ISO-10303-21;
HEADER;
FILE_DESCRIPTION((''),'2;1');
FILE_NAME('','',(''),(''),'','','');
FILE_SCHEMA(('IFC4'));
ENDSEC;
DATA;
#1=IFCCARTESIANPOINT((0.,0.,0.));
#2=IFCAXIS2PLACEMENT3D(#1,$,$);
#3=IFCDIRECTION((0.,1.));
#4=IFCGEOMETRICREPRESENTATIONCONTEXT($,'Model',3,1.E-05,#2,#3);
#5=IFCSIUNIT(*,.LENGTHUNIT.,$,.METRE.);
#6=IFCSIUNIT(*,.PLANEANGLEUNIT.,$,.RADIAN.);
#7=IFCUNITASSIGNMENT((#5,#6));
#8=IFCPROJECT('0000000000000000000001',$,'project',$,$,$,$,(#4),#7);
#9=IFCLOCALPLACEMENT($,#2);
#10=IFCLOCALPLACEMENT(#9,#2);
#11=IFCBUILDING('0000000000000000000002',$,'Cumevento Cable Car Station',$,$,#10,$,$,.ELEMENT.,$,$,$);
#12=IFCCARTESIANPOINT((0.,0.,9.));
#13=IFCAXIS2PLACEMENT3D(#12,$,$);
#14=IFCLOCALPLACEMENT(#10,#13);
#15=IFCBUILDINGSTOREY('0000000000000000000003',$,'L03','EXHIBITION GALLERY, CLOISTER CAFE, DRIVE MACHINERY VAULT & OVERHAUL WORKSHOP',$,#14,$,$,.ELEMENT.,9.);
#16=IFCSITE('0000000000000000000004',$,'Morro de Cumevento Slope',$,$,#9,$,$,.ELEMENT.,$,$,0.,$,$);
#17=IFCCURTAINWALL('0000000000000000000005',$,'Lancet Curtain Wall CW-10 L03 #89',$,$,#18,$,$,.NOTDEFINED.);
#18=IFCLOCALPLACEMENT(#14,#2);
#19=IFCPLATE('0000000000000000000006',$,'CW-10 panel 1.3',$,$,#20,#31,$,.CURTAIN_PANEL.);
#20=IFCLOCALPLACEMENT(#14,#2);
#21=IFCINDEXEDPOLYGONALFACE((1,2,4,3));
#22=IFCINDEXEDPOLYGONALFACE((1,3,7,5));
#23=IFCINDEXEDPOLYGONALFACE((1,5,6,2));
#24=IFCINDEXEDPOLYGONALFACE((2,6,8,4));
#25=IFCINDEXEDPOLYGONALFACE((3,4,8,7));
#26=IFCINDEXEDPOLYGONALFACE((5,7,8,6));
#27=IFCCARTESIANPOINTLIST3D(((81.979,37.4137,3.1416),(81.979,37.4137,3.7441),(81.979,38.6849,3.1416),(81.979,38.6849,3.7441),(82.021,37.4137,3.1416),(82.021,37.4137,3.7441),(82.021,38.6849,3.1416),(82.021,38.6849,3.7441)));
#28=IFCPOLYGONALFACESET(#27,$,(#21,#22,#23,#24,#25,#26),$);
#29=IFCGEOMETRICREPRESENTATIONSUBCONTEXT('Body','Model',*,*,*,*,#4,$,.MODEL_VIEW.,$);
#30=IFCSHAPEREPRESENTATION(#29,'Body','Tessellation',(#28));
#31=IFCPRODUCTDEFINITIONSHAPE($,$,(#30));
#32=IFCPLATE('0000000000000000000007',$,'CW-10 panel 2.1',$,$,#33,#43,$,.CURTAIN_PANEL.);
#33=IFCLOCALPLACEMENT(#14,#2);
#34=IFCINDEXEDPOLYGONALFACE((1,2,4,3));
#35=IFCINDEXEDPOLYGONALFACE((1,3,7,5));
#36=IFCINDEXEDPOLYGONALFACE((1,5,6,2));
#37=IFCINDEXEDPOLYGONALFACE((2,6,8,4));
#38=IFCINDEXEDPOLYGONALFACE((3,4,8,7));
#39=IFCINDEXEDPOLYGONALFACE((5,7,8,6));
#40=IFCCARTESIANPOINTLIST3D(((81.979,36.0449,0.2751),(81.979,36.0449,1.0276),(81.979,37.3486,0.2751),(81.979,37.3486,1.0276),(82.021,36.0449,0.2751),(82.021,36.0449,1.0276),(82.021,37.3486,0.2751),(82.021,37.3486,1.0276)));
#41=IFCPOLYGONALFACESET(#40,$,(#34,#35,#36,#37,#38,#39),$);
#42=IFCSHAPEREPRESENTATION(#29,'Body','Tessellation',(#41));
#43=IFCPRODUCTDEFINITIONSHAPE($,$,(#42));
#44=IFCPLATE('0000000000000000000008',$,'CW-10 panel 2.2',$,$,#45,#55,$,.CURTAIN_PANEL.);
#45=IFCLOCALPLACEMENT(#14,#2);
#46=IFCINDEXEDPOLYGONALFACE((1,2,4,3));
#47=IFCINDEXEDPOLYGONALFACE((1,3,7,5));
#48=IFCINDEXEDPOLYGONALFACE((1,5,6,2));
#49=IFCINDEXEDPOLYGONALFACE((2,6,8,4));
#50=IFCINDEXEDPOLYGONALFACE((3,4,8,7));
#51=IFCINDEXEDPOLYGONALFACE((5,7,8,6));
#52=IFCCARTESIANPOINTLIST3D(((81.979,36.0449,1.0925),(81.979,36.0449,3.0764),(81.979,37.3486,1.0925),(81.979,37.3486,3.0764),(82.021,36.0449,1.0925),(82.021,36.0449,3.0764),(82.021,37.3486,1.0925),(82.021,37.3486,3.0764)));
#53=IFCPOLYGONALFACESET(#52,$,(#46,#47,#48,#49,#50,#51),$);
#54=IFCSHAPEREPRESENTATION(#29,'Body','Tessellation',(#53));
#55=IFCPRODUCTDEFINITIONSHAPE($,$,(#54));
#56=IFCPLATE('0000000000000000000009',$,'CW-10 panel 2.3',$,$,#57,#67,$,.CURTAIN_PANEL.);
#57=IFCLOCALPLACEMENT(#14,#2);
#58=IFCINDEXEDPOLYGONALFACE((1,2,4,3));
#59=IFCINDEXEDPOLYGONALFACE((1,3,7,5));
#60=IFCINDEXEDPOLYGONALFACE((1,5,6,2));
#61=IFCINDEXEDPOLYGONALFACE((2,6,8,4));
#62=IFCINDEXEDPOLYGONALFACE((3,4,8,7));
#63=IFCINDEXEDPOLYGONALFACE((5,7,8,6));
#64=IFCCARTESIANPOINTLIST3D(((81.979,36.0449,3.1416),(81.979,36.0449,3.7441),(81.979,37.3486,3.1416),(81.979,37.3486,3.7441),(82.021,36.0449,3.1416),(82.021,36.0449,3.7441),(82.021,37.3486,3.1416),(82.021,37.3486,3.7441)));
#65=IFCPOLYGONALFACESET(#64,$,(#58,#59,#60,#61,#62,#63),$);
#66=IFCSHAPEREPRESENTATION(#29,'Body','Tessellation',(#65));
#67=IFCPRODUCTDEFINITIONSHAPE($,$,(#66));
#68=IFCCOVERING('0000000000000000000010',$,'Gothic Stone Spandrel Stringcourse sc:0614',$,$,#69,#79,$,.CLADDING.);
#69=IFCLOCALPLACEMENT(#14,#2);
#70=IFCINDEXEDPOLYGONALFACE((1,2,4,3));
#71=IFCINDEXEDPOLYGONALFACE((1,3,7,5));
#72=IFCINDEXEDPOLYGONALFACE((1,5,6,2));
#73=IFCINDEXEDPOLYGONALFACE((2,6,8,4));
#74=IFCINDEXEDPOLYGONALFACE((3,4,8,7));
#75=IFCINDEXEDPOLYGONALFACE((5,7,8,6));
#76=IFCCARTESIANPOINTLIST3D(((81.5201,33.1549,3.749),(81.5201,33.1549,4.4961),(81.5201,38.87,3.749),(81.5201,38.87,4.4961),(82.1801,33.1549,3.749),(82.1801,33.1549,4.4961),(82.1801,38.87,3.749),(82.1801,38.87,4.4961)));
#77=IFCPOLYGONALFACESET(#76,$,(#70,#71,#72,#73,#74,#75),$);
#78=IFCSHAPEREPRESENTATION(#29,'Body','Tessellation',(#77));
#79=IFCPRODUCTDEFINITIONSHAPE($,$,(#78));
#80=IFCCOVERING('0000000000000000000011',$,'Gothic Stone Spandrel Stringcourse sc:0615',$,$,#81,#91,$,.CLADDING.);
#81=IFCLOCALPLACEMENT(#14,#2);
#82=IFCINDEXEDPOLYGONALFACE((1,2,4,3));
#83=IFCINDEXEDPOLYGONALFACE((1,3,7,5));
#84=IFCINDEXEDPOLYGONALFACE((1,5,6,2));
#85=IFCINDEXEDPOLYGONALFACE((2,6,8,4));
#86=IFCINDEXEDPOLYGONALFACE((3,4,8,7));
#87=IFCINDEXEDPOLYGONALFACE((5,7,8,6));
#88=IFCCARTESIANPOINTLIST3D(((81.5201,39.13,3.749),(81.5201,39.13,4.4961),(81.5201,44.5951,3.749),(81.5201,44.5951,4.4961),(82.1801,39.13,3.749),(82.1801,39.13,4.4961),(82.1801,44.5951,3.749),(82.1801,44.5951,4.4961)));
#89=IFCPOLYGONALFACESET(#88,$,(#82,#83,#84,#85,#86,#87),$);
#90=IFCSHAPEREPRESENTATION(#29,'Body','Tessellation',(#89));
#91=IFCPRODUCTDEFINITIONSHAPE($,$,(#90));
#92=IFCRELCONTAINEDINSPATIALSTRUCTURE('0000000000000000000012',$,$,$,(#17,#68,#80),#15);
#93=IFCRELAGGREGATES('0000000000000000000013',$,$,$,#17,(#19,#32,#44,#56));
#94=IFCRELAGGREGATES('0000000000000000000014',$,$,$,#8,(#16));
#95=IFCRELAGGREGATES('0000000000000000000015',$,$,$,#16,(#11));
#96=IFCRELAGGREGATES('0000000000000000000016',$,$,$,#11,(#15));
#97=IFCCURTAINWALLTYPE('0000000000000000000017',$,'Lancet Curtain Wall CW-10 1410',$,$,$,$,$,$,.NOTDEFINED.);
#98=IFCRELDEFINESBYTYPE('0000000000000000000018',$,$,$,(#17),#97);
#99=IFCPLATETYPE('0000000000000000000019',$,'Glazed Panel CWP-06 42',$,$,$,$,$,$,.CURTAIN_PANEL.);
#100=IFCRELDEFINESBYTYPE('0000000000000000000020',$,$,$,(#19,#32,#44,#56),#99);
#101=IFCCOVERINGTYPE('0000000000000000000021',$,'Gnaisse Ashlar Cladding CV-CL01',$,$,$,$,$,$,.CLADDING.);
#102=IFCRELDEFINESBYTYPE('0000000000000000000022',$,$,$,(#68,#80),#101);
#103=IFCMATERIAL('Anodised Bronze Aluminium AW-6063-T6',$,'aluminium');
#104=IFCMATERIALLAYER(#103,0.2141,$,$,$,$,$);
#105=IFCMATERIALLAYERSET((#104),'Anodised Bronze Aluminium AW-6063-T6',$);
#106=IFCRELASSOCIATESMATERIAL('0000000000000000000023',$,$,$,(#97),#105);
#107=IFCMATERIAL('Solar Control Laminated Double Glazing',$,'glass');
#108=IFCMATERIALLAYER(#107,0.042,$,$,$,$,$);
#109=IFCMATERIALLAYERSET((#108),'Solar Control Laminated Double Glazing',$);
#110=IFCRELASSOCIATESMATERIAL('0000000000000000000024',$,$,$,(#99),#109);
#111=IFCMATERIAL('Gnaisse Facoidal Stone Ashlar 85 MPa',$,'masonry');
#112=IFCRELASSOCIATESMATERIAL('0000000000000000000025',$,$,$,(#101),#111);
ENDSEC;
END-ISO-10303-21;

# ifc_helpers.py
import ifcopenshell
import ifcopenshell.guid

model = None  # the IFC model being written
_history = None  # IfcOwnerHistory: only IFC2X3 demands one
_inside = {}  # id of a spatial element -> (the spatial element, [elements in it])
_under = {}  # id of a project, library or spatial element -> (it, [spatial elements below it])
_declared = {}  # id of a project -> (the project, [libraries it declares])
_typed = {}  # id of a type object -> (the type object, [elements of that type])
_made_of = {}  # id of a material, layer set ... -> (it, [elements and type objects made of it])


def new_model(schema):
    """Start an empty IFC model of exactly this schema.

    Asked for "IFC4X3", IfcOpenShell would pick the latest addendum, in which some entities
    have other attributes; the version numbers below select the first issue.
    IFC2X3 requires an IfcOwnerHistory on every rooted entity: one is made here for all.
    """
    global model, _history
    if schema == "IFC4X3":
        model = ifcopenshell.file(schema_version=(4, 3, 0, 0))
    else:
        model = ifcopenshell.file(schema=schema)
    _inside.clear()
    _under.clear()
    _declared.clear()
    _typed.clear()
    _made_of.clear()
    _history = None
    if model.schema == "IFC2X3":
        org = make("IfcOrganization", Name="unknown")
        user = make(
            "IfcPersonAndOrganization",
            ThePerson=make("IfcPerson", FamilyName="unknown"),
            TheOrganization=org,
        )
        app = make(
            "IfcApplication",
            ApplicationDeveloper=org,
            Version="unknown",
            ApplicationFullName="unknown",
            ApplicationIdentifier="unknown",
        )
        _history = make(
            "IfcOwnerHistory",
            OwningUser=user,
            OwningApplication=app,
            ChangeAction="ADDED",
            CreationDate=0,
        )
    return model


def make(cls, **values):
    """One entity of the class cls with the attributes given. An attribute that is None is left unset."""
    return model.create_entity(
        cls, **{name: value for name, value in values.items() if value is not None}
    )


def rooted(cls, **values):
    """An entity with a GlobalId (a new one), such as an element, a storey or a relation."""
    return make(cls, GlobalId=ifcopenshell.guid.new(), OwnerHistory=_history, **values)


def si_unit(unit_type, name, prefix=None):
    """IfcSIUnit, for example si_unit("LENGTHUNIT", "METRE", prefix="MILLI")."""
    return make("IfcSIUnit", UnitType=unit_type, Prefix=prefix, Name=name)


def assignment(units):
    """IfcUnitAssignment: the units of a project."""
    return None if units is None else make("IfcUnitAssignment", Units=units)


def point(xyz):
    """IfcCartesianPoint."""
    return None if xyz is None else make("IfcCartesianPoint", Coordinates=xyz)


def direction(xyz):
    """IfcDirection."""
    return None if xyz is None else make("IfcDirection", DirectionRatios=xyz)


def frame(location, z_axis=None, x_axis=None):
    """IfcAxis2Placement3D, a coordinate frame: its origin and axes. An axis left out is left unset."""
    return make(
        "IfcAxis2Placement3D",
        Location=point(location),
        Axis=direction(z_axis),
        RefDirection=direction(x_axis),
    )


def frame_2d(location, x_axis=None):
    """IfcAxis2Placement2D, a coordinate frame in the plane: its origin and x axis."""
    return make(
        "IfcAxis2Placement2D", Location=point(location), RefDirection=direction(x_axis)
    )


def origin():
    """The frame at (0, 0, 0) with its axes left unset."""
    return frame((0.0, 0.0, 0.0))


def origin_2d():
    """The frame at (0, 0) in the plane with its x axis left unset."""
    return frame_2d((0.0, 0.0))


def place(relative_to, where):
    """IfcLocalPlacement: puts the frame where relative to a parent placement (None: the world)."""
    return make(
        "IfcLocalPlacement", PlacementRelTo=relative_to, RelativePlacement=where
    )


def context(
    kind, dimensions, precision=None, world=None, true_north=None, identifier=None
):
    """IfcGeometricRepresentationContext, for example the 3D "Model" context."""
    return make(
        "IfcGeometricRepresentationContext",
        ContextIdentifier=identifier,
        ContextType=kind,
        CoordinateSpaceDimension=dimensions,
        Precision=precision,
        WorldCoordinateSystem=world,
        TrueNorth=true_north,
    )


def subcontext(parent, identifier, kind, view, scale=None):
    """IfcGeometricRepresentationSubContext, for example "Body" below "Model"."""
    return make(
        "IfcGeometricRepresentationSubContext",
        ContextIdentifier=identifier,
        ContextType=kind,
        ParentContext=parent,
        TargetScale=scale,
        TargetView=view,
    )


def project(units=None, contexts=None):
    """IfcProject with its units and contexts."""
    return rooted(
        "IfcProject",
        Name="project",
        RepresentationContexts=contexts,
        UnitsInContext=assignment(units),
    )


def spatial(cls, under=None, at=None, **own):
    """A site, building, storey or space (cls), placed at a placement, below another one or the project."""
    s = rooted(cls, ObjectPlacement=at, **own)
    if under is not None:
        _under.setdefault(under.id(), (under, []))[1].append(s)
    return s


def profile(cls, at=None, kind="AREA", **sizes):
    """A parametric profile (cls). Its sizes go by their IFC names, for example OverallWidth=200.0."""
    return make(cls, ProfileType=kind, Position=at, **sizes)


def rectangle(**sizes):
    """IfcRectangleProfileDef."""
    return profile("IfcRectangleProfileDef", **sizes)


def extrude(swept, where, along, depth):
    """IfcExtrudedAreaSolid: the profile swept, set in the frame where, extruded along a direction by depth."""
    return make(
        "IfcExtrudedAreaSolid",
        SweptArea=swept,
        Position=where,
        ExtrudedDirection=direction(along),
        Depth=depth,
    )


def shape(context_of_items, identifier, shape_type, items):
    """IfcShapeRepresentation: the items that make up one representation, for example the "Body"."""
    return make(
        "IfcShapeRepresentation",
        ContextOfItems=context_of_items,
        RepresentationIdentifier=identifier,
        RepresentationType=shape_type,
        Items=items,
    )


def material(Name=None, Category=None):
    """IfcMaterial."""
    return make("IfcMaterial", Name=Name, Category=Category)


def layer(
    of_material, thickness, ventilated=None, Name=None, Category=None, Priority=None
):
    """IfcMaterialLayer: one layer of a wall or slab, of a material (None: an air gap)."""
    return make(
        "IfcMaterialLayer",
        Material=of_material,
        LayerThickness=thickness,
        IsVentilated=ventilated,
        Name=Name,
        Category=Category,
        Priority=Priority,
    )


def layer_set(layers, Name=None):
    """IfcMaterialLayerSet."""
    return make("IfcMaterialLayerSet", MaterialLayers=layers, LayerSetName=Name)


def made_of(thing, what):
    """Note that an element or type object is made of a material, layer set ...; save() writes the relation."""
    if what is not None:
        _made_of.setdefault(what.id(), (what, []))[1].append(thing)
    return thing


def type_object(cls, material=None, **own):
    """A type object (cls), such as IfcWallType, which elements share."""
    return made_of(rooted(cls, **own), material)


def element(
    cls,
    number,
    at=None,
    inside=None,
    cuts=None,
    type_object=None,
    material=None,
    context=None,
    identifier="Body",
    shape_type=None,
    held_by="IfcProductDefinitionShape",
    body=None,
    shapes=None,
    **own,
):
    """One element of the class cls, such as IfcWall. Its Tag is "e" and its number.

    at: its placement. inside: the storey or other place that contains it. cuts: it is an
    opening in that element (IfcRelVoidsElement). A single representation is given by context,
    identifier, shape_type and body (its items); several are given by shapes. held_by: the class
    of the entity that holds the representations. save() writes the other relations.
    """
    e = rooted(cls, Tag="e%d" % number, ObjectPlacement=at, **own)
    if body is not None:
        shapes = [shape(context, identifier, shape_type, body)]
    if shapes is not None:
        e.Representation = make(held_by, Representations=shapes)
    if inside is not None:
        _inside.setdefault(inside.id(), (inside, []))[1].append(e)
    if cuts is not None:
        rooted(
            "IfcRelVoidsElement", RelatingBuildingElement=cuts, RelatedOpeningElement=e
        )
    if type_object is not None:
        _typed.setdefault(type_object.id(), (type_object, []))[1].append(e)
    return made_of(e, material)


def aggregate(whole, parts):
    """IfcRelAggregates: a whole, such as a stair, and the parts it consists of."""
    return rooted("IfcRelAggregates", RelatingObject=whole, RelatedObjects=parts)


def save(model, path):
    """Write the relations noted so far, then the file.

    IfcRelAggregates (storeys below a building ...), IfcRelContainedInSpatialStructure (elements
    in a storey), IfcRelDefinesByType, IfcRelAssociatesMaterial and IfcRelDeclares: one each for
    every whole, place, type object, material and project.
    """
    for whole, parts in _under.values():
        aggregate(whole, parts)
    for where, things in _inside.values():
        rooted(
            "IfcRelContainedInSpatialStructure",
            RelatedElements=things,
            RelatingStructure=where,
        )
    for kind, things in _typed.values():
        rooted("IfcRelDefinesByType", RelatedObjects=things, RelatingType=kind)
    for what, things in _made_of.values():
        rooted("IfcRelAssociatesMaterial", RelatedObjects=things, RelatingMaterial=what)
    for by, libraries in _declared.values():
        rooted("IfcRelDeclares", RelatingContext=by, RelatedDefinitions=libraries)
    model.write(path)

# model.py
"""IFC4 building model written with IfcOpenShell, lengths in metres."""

from ifc_helpers import new_model, si_unit, direction, frame, origin, origin_2d, place, context, subcontext, project, spatial, rectangle, extrude, material, layer, layer_set, type_object, element, aggregate, save


model = new_model("IFC4")

# Units and contexts
model_context = context("Model", 3, precision=1e-05, world=origin(), true_north=direction((0.0, 1.0)))
body_context = subcontext(model_context, "Body", "Model", "MODEL_VIEW")
ifc_project = project(units=[si_unit("LENGTHUNIT", "METRE"), si_unit("PLANEANGLEUNIT", "RADIAN")], contexts=[model_context])

# Site, building, storey
site_placement = place(None, origin())
site = spatial("IfcSite", under=ifc_project, at=site_placement, Name="Morro de Cumevento Slope", CompositionType="ELEMENT", RefElevation=0.0)
building_placement = place(site_placement, origin())
building = spatial("IfcBuilding", under=site, at=building_placement, Name="Cumevento Cable Car Station", CompositionType="ELEMENT")
storey_placement = place(building_placement, frame((0.0, 0.0, 9.0)))
storey = spatial("IfcBuildingStorey", under=building, at=storey_placement, Name="L03", Description="EXHIBITION GALLERY, CLOISTER CAFE, DRIVE MACHINERY VAULT & OVERHAUL WORKSHOP", CompositionType="ELEMENT", Elevation=9.0)

# Curtain wall, plates
ifc_material_1 = material(Name="Anodised Bronze Aluminium AW-6063-T6", Category="aluminium")
ifc_layer_1 = layer(ifc_material_1, 0.2141)
ifc_layer_set_1 = layer_set([ifc_layer_1], Name="Anodised Bronze Aluminium AW-6063-T6")
curtain_wall_type = type_object("IfcCurtainWallType", Name="Lancet Curtain Wall CW-10 1410", PredefinedType="NOTDEFINED", material=ifc_layer_set_1)
curtain_wall_placement = place(storey_placement, origin())
curtain_wall = element("IfcCurtainWall", 1, at=curtain_wall_placement, inside=storey, type_object=curtain_wall_type, Name="Lancet Curtain Wall CW-10 L03 #89", PredefinedType="NOTDEFINED")
ifc_material_2 = material(Name="Solar Control Laminated Double Glazing", Category="glass")
ifc_layer_2 = layer(ifc_material_2, 0.042)
ifc_layer_set_2 = layer_set([ifc_layer_2], Name="Solar Control Laminated Double Glazing")
plate_type = type_object("IfcPlateType", Name="Glazed Panel CWP-06 42", PredefinedType="CURTAIN_PANEL", material=ifc_layer_set_2)
plate_1_placement = place(storey_placement, frame((82.0, 38.0493, 3.1416), z_axis=(0.0, 0.0, 1.0), x_axis=(0.0, -1.0, 0.0)))
plate_1 = element("IfcPlate", 2, at=plate_1_placement, type_object=plate_type, Name="CW-10 panel 1.3", PredefinedType="CURTAIN_PANEL", context=body_context, shape_type="SweptSolid", body=[
    extrude(rectangle(XDim=1.2712, YDim=0.042, at=origin_2d()), origin(), (0.0, 0.0, 1.0), 0.6025),
])
plate_2_placement = place(storey_placement, frame((82.0, 36.6968, 0.2751), z_axis=(0.0, 0.0, 1.0), x_axis=(0.0, -1.0, 0.0)))
plate_2 = element("IfcPlate", 3, at=plate_2_placement, type_object=plate_type, Name="CW-10 panel 2.1", PredefinedType="CURTAIN_PANEL", context=body_context, shape_type="SweptSolid", body=[
    extrude(rectangle(XDim=1.3037, YDim=0.042, at=origin_2d()), origin(), (0.0, 0.0, 1.0), 0.7524),
])
plate_3_placement = place(storey_placement, frame((82.0, 36.6968, 1.0925), z_axis=(0.0, 0.0, 1.0), x_axis=(0.0, -1.0, 0.0)))
plate_3 = element("IfcPlate", 4, at=plate_3_placement, type_object=plate_type, Name="CW-10 panel 2.2", PredefinedType="CURTAIN_PANEL", context=body_context, shape_type="SweptSolid", body=[
    extrude(rectangle(XDim=1.3037, YDim=0.042, at=origin_2d()), origin(), (0.0, 0.0, 1.0), 1.9839),
])
plate_4_placement = place(storey_placement, frame((82.0, 36.6968, 3.1416), z_axis=(0.0, 0.0, 1.0), x_axis=(0.0, -1.0, 0.0)))
plate_4 = element("IfcPlate", 5, at=plate_4_placement, type_object=plate_type, Name="CW-10 panel 2.3", PredefinedType="CURTAIN_PANEL", context=body_context, shape_type="SweptSolid", body=[
    extrude(rectangle(XDim=1.3037, YDim=0.042, at=origin_2d()), origin(), (0.0, 0.0, 1.0), 0.6025),
])
aggregate(curtain_wall, [plate_1, plate_2, plate_3, plate_4])

# Coverings
ifc_material_3 = material(Name="Gnaisse Facoidal Stone Ashlar 85 MPa", Category="masonry")
covering_type = type_object("IfcCoveringType", Name="Gnaisse Ashlar Cladding CV-CL01", PredefinedType="CLADDING", material=ifc_material_3)
covering_1_placement = place(storey_placement, frame((81.8501, 36.0125, 3.749), z_axis=(0.0, 0.0, 1.0), x_axis=(0.0, -1.0, 0.0)))
element("IfcCovering", 6, at=covering_1_placement, inside=storey, type_object=covering_type, Name="Gothic Stone Spandrel Stringcourse sc:0614", PredefinedType="CLADDING", context=body_context, shape_type="SweptSolid", body=[
    extrude(rectangle(XDim=5.7151, YDim=0.6599, at=origin_2d()), origin(), (0.0, 0.0, 1.0), 0.7471),
])
covering_2_placement = place(storey_placement, frame((81.8501, 41.8625, 3.749), z_axis=(0.0, 0.0, 1.0), x_axis=(0.0, -1.0, 0.0)))
element("IfcCovering", 7, at=covering_2_placement, inside=storey, type_object=covering_type, Name="Gothic Stone Spandrel Stringcourse sc:0615", PredefinedType="CLADDING", context=body_context, shape_type="SweptSolid", body=[
    extrude(rectangle(XDim=5.4651, YDim=0.6599, at=origin_2d()), origin(), (0.0, 0.0, 1.0), 0.7471),
])

save(model, "model.ifc")
